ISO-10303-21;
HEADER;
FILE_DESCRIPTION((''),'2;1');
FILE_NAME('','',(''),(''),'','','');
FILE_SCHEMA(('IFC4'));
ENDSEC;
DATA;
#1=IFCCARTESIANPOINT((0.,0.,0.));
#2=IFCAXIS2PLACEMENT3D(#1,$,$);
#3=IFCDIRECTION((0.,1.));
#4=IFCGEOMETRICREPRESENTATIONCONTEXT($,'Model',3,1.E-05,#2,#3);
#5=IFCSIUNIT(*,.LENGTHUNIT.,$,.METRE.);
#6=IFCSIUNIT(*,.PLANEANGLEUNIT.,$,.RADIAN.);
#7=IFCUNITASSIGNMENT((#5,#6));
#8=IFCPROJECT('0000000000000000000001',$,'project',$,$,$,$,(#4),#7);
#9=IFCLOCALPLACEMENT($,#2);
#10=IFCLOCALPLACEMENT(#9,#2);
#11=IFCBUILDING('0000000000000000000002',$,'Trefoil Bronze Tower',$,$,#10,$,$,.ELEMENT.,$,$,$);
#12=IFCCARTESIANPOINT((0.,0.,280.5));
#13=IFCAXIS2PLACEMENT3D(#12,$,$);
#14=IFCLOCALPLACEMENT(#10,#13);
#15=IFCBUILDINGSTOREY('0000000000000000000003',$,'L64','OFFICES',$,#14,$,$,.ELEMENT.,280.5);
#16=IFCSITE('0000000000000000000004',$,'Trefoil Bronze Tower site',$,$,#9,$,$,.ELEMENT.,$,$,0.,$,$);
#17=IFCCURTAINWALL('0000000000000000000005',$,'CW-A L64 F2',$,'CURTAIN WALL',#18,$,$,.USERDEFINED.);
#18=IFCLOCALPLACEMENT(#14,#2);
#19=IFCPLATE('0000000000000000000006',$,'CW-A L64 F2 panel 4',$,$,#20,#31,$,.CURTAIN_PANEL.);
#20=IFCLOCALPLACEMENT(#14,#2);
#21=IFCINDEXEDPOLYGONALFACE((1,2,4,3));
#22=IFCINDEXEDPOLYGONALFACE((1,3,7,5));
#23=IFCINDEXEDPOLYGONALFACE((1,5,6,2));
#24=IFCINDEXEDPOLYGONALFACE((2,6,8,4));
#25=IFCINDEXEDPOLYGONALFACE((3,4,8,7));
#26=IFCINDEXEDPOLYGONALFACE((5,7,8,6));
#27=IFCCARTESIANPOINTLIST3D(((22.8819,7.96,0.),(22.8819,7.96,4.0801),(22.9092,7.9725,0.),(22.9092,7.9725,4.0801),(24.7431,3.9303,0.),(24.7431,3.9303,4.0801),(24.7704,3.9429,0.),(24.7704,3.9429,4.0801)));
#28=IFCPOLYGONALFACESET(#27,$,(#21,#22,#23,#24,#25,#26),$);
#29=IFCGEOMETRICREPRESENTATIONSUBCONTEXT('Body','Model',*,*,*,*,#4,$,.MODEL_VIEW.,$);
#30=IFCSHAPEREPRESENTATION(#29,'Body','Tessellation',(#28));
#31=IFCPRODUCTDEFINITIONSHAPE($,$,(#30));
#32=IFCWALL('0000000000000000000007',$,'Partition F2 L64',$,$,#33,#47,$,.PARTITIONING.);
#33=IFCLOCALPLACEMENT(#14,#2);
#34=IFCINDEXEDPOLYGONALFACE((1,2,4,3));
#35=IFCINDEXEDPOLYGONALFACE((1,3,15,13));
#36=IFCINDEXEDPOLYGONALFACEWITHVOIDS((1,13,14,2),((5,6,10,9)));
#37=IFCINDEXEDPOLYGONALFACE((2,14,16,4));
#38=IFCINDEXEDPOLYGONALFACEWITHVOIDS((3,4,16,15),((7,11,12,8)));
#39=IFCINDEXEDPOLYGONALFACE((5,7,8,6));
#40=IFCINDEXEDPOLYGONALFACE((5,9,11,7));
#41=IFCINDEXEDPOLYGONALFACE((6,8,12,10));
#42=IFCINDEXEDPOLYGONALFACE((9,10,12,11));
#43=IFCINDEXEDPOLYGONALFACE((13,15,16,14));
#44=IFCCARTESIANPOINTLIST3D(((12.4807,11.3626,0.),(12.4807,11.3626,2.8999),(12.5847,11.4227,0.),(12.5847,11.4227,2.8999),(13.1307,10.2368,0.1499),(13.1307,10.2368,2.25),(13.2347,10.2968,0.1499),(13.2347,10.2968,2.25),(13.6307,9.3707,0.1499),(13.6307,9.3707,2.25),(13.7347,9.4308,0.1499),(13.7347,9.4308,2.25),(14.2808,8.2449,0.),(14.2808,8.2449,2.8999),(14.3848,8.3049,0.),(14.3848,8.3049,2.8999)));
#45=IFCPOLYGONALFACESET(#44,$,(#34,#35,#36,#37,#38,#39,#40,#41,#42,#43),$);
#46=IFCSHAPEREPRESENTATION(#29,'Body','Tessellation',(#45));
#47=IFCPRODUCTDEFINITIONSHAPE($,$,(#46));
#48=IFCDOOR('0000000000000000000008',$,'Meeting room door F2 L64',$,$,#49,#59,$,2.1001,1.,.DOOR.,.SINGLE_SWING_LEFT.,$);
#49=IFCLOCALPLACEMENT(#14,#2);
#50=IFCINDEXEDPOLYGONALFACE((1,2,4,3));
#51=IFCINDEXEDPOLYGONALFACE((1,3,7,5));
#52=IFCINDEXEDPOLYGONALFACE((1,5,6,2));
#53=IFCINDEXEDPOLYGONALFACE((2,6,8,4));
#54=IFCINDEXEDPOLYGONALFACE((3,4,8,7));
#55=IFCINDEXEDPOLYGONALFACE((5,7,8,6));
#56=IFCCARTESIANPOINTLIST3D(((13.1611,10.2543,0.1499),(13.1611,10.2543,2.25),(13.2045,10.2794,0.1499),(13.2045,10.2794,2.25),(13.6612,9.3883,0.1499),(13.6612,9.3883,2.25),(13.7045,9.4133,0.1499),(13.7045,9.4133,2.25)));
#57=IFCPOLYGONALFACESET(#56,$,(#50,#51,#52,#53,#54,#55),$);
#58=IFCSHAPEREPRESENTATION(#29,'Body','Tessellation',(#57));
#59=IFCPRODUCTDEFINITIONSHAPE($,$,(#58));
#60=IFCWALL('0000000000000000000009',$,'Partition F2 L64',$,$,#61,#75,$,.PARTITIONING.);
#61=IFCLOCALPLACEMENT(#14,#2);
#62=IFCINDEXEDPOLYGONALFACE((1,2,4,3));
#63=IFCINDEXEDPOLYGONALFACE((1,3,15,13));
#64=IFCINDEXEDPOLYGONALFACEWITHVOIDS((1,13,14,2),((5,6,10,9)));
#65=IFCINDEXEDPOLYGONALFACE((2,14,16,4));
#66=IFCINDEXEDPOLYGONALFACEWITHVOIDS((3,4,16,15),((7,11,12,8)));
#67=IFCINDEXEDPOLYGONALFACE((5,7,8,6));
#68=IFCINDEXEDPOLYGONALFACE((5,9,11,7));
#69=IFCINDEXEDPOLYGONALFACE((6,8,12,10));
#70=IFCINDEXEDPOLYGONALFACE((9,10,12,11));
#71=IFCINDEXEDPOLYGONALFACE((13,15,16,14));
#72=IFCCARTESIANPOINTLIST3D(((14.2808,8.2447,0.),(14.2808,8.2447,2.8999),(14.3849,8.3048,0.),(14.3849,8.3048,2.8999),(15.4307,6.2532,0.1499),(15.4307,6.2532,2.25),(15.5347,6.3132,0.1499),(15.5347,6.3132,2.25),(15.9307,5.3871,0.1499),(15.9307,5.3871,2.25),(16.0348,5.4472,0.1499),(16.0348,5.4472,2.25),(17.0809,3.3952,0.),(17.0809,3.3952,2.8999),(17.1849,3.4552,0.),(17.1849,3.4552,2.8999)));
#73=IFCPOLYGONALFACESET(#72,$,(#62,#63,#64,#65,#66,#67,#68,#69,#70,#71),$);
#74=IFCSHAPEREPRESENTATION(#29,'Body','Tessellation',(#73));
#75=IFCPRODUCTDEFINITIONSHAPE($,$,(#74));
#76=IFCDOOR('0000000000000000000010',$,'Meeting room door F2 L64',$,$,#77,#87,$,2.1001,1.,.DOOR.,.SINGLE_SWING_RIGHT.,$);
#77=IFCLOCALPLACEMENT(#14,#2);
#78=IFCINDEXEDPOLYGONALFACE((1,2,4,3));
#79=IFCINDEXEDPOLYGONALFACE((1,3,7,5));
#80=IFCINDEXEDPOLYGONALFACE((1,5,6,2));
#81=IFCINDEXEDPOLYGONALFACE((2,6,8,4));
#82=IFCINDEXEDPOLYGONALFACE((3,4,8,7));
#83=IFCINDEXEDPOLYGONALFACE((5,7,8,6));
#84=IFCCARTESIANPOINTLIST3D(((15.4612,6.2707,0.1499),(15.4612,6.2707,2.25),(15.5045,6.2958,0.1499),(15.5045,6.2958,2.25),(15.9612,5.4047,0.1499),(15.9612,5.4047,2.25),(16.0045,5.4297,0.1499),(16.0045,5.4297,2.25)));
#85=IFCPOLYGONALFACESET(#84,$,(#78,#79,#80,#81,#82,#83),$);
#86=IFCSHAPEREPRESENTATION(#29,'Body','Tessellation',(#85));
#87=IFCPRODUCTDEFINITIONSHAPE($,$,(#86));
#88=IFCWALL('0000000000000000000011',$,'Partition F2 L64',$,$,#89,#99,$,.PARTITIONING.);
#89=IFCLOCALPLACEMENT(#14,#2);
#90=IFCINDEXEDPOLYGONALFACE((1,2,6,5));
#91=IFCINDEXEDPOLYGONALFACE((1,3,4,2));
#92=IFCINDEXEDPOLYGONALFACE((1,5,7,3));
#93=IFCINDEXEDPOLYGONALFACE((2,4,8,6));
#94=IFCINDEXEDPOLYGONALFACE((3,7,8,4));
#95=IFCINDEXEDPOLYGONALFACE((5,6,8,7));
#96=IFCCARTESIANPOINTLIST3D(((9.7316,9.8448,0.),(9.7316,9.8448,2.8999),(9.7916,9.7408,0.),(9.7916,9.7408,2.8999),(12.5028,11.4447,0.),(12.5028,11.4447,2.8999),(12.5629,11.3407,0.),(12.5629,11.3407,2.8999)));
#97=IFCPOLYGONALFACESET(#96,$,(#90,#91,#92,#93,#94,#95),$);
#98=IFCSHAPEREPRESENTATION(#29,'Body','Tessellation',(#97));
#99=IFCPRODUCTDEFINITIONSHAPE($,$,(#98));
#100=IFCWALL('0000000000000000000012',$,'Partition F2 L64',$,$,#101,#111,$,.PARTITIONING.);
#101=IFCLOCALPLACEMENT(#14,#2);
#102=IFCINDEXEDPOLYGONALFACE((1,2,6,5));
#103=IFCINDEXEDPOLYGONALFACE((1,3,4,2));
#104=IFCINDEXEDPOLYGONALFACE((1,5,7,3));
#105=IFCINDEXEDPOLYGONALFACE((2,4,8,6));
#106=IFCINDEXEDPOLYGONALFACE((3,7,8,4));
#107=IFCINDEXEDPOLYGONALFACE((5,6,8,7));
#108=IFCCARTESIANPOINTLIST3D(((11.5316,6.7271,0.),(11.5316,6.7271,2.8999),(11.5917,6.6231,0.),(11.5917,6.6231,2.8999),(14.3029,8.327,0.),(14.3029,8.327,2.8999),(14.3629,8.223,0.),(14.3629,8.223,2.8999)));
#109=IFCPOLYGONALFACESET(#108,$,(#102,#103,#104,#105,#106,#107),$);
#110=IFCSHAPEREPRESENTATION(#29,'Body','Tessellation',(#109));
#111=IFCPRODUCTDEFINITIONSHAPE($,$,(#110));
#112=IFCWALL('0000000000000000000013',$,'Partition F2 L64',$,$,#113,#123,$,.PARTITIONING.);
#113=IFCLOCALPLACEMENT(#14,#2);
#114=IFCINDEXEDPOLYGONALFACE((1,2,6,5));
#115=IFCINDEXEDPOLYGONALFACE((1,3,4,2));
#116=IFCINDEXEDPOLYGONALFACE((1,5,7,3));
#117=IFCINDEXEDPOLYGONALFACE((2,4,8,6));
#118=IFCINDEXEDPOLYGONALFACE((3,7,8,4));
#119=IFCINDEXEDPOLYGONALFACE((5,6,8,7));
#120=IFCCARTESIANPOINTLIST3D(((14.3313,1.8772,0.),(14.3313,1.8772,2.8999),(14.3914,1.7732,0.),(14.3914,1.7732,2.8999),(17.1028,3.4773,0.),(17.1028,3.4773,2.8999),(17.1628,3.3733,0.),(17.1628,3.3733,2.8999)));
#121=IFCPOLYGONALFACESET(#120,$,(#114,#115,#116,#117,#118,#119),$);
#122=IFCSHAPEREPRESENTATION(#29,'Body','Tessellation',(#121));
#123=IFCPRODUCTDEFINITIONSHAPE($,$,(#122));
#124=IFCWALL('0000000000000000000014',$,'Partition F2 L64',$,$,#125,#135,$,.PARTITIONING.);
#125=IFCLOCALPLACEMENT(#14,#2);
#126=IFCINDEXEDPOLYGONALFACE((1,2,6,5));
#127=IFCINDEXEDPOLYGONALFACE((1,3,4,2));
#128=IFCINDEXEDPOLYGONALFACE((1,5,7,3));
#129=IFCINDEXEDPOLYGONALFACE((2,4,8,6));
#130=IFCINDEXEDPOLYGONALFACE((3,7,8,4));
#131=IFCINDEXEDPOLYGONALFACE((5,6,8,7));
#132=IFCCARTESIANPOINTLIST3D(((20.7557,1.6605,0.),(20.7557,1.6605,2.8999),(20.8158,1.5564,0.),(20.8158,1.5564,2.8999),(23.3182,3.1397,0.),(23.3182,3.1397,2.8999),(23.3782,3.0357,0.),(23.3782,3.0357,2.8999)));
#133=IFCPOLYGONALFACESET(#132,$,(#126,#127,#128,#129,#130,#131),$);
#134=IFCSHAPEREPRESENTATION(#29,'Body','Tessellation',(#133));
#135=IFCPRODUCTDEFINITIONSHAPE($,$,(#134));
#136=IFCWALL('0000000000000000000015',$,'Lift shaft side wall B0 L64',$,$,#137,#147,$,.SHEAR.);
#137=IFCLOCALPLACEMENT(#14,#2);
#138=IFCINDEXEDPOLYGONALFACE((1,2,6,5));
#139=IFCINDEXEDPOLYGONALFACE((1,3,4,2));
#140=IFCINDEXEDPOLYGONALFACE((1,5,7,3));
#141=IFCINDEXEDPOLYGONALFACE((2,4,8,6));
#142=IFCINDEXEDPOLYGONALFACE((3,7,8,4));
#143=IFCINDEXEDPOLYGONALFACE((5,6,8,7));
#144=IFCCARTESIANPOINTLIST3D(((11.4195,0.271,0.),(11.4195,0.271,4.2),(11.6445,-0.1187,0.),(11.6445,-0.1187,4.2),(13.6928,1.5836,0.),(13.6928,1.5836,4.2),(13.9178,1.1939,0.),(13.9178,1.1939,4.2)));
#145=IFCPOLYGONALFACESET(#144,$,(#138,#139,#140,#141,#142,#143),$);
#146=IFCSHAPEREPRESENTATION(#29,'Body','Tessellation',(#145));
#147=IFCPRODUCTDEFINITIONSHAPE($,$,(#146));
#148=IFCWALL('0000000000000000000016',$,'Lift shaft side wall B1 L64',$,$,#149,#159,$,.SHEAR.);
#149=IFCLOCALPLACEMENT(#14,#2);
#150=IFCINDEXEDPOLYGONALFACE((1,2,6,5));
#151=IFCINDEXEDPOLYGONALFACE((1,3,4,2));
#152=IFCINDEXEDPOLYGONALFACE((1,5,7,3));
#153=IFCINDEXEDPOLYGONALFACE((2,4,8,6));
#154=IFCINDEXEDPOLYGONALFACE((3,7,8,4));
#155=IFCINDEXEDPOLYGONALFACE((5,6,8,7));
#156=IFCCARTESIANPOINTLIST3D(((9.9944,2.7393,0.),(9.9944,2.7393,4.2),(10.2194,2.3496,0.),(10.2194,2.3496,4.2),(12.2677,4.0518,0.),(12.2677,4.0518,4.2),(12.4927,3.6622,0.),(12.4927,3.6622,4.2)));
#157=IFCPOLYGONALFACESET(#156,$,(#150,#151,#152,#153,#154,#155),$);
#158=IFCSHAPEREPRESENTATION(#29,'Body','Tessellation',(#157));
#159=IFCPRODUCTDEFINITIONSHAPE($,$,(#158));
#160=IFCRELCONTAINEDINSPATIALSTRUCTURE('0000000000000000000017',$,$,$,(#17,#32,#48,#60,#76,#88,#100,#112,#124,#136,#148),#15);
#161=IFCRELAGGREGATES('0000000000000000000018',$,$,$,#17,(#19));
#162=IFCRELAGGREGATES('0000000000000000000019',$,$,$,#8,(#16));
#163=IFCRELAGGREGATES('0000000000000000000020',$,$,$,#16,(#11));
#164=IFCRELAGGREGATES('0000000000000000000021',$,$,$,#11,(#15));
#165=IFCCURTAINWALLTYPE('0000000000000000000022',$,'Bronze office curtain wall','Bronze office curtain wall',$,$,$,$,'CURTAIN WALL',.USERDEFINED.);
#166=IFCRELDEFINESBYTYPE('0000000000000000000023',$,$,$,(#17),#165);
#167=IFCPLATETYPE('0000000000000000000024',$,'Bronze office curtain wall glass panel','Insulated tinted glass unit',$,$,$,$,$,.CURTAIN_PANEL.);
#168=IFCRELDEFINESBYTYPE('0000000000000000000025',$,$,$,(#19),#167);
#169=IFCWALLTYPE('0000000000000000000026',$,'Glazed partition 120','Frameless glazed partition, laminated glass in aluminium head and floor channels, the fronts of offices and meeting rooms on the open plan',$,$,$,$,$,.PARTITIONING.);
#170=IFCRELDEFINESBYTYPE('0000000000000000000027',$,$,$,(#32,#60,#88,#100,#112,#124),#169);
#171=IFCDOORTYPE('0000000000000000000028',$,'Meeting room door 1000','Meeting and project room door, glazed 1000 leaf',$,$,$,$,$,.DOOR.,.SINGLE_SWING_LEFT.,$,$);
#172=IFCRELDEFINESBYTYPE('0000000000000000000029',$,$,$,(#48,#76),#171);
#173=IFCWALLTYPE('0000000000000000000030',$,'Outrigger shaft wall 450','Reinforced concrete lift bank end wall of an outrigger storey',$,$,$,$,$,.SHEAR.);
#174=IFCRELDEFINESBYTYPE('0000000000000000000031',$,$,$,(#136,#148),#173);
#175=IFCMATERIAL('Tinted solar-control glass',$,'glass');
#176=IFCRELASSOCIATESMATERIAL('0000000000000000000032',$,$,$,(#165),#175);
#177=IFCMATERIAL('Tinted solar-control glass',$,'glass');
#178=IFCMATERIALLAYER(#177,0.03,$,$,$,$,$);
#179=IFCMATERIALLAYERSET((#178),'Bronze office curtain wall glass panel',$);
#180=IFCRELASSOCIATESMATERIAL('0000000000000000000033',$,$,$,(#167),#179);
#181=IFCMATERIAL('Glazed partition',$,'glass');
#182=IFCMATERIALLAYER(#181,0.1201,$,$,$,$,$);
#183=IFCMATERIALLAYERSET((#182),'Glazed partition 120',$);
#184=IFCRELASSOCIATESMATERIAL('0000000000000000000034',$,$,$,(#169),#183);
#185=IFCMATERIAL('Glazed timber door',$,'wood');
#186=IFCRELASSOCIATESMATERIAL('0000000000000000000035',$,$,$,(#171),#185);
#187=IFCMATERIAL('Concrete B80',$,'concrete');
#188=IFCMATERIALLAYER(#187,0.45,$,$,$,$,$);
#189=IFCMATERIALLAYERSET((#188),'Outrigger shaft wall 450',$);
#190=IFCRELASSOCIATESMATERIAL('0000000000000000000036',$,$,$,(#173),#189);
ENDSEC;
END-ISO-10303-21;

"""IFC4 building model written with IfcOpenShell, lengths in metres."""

from ifc_helpers import new_model, si_unit, direction, frame, frame_2d, origin, origin_2d, place, context, subcontext, project, spatial, rectangle, extrude, material, layer, layer_set, type_object, element, fill, aggregate, save


model = new_model("IFC4")

# Units and contexts
model_context = context("Model", 3, precision=1e-05, world=origin(), true_north=direction((0.0, 1.0)))
body_context = subcontext(model_context, "Body", "Model", "MODEL_VIEW")
ifc_project = project(units=[si_unit("LENGTHUNIT", "METRE"), si_unit("PLANEANGLEUNIT", "RADIAN")], contexts=[model_context])

# Site, building, storey
site_placement = place(None, origin())
site = spatial("IfcSite", under=ifc_project, at=site_placement, Name="Trefoil Bronze Tower site", CompositionType="ELEMENT", RefElevation=0.0)
building_placement = place(site_placement, origin())
building = spatial("IfcBuilding", under=site, at=building_placement, Name="Trefoil Bronze Tower", CompositionType="ELEMENT")
storey_placement = place(building_placement, frame((0.0, 0.0, 280.5)))
storey = spatial("IfcBuildingStorey", under=building, at=storey_placement, Name="L64", Description="OFFICES", CompositionType="ELEMENT", Elevation=280.5)

# Curtain wall
ifc_material_1 = material(Name="Tinted solar-control glass", Category="glass")
curtain_wall_type = type_object("IfcCurtainWallType", Name="Bronze office curtain wall", Description="Bronze office curtain wall", ElementType="CURTAIN WALL", PredefinedType="USERDEFINED", material=ifc_material_1)
curtain_wall_placement = place(storey_placement, origin())
curtain_wall = element("IfcCurtainWall", 1, at=curtain_wall_placement, inside=storey, type_object=curtain_wall_type, Name="CW-A L64 F2", ObjectType="CURTAIN WALL", PredefinedType="USERDEFINED")

# Plate
ifc_material_2 = material(Name="Tinted solar-control glass", Category="glass")
ifc_layer_1 = layer(ifc_material_2, 0.03)
ifc_layer_set_1 = layer_set([ifc_layer_1], Name="Bronze office curtain wall glass panel")
plate_type = type_object("IfcPlateType", Name="Bronze office curtain wall glass panel", Description="Insulated tinted glass unit", PredefinedType="CURTAIN_PANEL", material=ifc_layer_set_1)
plate_1_placement = place(storey_placement, frame((23.8262, 5.9514, 0.0), z_axis=(0.0, 0.0, 1.0), x_axis=(-0.419309, 0.907844, 0.0)))
plate_1 = element("IfcPlate", 2, at=plate_1_placement, type_object=plate_type, Name="CW-A L64 F2 panel 4", PredefinedType="CURTAIN_PANEL", context=body_context, shape_type="SweptSolid", body=[
    extrude(rectangle(XDim=4.4387, YDim=0.03, at=origin_2d()), origin(), (0.0, 0.0, 1.0), 4.0801),
])
aggregate(curtain_wall, [plate_1])

# Walls, openings, doors
ifc_material_3 = material(Name="Glazed partition", Category="glass")
ifc_layer_2 = layer(ifc_material_3, 0.1201)
ifc_layer_set_2 = layer_set([ifc_layer_2], Name="Glazed partition 120")
wall_type_1 = type_object("IfcWallType", Name="Glazed partition 120", Description="Frameless glazed partition, laminated glass in aluminium head and floor channels, the fronts of offices and meeting rooms on the open plan", PredefinedType="PARTITIONING", material=ifc_layer_set_2)
wall_1_placement = place(storey_placement, frame((14.3328, 8.2749, 0.0), z_axis=(0.0, 0.0, 1.0), x_axis=(-0.500012, 0.866018, 0.0)))
wall_1 = element("IfcWall", 3, at=wall_1_placement, inside=storey, type_object=wall_type_1, Name="Partition F2 L64", PredefinedType="PARTITIONING", context=body_context, shape_type="SweptSolid", body=[
    extrude(rectangle(XDim=3.6001, YDim=0.1201, at=frame_2d((1.8, 0.0))), origin(), (0.0, 0.0, 1.0), 2.8999),
])
opening_1_placement = place(wall_1_placement, frame((1.3, 0.0, 0.1499)))
opening_1 = element("IfcOpeningElement", 4, at=opening_1_placement, cuts=wall_1, PredefinedType="OPENING", context=body_context, shape_type="SweptSolid", body=[
    extrude(rectangle(XDim=1.0, YDim=2.1001, at=frame_2d((0.5, 1.05))), frame((0.0, 0.0701, 0.0), z_axis=(0.0, -1.0, 0.0), x_axis=(1.0, 0.0, 0.0)), (0.0, 0.0, 1.0), 0.1401),
])
ifc_material_4 = material(Name="Glazed timber door", Category="wood")
door_type_1 = type_object("IfcDoorType", Name="Meeting room door 1000", Description="Meeting and project room door, glazed 1000 leaf", OperationType="SINGLE_SWING_LEFT", PredefinedType="DOOR", material=ifc_material_4)
door_1_placement = place(opening_1_placement, origin())
door_1 = element("IfcDoor", 5, at=door_1_placement, inside=storey, type_object=door_type_1, Name="Meeting room door F2 L64", OperationType="SINGLE_SWING_LEFT", OverallHeight=2.1001, OverallWidth=1.0, PredefinedType="DOOR", context=body_context, shape_type="SweptSolid", body=[
    extrude(rectangle(XDim=1.0, YDim=2.1001, at=frame_2d((0.5, 1.05))), frame((0.0, 0.0249, 0.0), z_axis=(0.0, -1.0, 0.0), x_axis=(1.0, 0.0, 0.0)), (0.0, 0.0, 1.0), 0.05),
])
fill(opening_1, door_1)
wall_2_placement = place(storey_placement, frame((17.1328, 3.4253, 0.0), z_axis=(0.0, 0.0, 1.0), x_axis=(-0.500017, 0.866016, 0.0)))
wall_2 = element("IfcWall", 6, at=wall_2_placement, inside=storey, type_object=wall_type_1, Name="Partition F2 L64", PredefinedType="PARTITIONING", context=body_context, shape_type="SweptSolid", body=[
    extrude(rectangle(XDim=5.5999, YDim=0.1201, at=frame_2d((2.7998, 0.0))), origin(), (0.0, 0.0, 1.0), 2.8999),
])
opening_2_placement = place(wall_2_placement, frame((2.3, 0.0, 0.1499)))
opening_2 = element("IfcOpeningElement", 7, at=opening_2_placement, cuts=wall_2, PredefinedType="OPENING", context=body_context, shape_type="SweptSolid", body=[
    extrude(rectangle(XDim=1.0, YDim=2.1001, at=frame_2d((0.5, 1.05))), frame((0.0, 0.0701, 0.0), z_axis=(0.0, -1.0, 0.0), x_axis=(1.0, 0.0, 0.0)), (0.0, 0.0, 1.0), 0.1401),
])
door_2_placement = place(opening_2_placement, origin())
door_2 = element("IfcDoor", 8, at=door_2_placement, inside=storey, type_object=door_type_1, Name="Meeting room door F2 L64", OperationType="SINGLE_SWING_RIGHT", OverallHeight=2.1001, OverallWidth=1.0, PredefinedType="DOOR", context=body_context, shape_type="SweptSolid", body=[
    extrude(rectangle(XDim=1.0, YDim=2.1001, at=frame_2d((0.5, 1.05))), frame((0.0, 0.0249, 0.0), z_axis=(0.0, -1.0, 0.0), x_axis=(1.0, 0.0, 0.0)), (0.0, 0.0, 1.0), 0.05),
])
fill(opening_2, door_2)

# Walls
for number, where, z_axis, x_axis, name in (
    (9, (9.7615, 9.7927, 0.0), (0.0, 0.0, 1.0), (0.866042, 0.499971, 0.0), "Partition F2 L64"),
    (10, (11.5615, 6.675, 0.0), (0.0, 0.0, 1.0), (0.866042, 0.499971, 0.0), "Partition F2 L64"),
):
    element("IfcWall", number, at=place(storey_placement, frame(where, z_axis=z_axis, x_axis=x_axis)), inside=storey, type_object=wall_type_1, Name=name, PredefinedType="PARTITIONING", context=body_context, shape_type="SweptSolid", body=[
        extrude(rectangle(XDim=3.2, YDim=0.1201, at=frame_2d((1.6001, 0.0))), origin(), (0.0, 0.0, 1.0), 2.8999),
    ])
wall_3_placement = place(storey_placement, frame((14.3613, 1.8252, 0.0), z_axis=(0.0, 0.0, 1.0), x_axis=(0.866028, 0.499995, 0.0)))
element("IfcWall", 11, at=wall_3_placement, inside=storey, type_object=wall_type_1, Name="Partition F2 L64", PredefinedType="PARTITIONING", context=body_context, shape_type="SweptSolid", body=[
    extrude(rectangle(XDim=3.2002, YDim=0.1201, at=frame_2d((1.6001, 0.0))), origin(), (0.0, 0.0, 1.0), 2.8999),
])
wall_4_placement = place(storey_placement, frame((20.7856, 1.6084, 0.0), z_axis=(0.0, 0.0, 1.0), x_axis=(0.866056, 0.499946, 0.0)))
element("IfcWall", 12, at=wall_4_placement, inside=storey, type_object=wall_type_1, Name="Partition F2 L64", PredefinedType="PARTITIONING", context=body_context, shape_type="SweptSolid", body=[
    extrude(rectangle(XDim=2.9587, YDim=0.1201, at=frame_2d((1.4795, 0.0))), origin(), (0.0, 0.0, 1.0), 2.8999),
])
ifc_material_5 = material(Name="Concrete B80", Category="concrete")
ifc_layer_3 = layer(ifc_material_5, 0.45)
ifc_layer_set_3 = layer_set([ifc_layer_3], Name="Outrigger shaft wall 450")
wall_type_2 = type_object("IfcWallType", Name="Outrigger shaft wall 450", Description="Reinforced concrete lift bank end wall of an outrigger storey", PredefinedType="SHEAR", material=ifc_layer_set_3)
for number, where, z_axis, x_axis, name in (
    (13, (11.532, 0.0762, 0.0), (0.0, 0.0, 1.0), (0.866014, 0.50002, 0.0), "Lift shaft side wall B0 L64"),
    (14, (10.1069, 2.5444, 0.0), (0.0, 0.0, 1.0), (0.866014, 0.50002, 0.0), "Lift shaft side wall B1 L64"),
):
    element("IfcWall", number, at=place(storey_placement, frame(where, z_axis=z_axis, x_axis=x_axis)), inside=storey, type_object=wall_type_2, Name=name, PredefinedType="SHEAR", context=body_context, shape_type="SweptSolid", body=[
        extrude(rectangle(XDim=2.625, YDim=0.45, at=frame_2d((1.3125, 0.0))), origin(), (0.0, 0.0, 1.0), 4.2),
    ])

save(model, "model.ifc")
